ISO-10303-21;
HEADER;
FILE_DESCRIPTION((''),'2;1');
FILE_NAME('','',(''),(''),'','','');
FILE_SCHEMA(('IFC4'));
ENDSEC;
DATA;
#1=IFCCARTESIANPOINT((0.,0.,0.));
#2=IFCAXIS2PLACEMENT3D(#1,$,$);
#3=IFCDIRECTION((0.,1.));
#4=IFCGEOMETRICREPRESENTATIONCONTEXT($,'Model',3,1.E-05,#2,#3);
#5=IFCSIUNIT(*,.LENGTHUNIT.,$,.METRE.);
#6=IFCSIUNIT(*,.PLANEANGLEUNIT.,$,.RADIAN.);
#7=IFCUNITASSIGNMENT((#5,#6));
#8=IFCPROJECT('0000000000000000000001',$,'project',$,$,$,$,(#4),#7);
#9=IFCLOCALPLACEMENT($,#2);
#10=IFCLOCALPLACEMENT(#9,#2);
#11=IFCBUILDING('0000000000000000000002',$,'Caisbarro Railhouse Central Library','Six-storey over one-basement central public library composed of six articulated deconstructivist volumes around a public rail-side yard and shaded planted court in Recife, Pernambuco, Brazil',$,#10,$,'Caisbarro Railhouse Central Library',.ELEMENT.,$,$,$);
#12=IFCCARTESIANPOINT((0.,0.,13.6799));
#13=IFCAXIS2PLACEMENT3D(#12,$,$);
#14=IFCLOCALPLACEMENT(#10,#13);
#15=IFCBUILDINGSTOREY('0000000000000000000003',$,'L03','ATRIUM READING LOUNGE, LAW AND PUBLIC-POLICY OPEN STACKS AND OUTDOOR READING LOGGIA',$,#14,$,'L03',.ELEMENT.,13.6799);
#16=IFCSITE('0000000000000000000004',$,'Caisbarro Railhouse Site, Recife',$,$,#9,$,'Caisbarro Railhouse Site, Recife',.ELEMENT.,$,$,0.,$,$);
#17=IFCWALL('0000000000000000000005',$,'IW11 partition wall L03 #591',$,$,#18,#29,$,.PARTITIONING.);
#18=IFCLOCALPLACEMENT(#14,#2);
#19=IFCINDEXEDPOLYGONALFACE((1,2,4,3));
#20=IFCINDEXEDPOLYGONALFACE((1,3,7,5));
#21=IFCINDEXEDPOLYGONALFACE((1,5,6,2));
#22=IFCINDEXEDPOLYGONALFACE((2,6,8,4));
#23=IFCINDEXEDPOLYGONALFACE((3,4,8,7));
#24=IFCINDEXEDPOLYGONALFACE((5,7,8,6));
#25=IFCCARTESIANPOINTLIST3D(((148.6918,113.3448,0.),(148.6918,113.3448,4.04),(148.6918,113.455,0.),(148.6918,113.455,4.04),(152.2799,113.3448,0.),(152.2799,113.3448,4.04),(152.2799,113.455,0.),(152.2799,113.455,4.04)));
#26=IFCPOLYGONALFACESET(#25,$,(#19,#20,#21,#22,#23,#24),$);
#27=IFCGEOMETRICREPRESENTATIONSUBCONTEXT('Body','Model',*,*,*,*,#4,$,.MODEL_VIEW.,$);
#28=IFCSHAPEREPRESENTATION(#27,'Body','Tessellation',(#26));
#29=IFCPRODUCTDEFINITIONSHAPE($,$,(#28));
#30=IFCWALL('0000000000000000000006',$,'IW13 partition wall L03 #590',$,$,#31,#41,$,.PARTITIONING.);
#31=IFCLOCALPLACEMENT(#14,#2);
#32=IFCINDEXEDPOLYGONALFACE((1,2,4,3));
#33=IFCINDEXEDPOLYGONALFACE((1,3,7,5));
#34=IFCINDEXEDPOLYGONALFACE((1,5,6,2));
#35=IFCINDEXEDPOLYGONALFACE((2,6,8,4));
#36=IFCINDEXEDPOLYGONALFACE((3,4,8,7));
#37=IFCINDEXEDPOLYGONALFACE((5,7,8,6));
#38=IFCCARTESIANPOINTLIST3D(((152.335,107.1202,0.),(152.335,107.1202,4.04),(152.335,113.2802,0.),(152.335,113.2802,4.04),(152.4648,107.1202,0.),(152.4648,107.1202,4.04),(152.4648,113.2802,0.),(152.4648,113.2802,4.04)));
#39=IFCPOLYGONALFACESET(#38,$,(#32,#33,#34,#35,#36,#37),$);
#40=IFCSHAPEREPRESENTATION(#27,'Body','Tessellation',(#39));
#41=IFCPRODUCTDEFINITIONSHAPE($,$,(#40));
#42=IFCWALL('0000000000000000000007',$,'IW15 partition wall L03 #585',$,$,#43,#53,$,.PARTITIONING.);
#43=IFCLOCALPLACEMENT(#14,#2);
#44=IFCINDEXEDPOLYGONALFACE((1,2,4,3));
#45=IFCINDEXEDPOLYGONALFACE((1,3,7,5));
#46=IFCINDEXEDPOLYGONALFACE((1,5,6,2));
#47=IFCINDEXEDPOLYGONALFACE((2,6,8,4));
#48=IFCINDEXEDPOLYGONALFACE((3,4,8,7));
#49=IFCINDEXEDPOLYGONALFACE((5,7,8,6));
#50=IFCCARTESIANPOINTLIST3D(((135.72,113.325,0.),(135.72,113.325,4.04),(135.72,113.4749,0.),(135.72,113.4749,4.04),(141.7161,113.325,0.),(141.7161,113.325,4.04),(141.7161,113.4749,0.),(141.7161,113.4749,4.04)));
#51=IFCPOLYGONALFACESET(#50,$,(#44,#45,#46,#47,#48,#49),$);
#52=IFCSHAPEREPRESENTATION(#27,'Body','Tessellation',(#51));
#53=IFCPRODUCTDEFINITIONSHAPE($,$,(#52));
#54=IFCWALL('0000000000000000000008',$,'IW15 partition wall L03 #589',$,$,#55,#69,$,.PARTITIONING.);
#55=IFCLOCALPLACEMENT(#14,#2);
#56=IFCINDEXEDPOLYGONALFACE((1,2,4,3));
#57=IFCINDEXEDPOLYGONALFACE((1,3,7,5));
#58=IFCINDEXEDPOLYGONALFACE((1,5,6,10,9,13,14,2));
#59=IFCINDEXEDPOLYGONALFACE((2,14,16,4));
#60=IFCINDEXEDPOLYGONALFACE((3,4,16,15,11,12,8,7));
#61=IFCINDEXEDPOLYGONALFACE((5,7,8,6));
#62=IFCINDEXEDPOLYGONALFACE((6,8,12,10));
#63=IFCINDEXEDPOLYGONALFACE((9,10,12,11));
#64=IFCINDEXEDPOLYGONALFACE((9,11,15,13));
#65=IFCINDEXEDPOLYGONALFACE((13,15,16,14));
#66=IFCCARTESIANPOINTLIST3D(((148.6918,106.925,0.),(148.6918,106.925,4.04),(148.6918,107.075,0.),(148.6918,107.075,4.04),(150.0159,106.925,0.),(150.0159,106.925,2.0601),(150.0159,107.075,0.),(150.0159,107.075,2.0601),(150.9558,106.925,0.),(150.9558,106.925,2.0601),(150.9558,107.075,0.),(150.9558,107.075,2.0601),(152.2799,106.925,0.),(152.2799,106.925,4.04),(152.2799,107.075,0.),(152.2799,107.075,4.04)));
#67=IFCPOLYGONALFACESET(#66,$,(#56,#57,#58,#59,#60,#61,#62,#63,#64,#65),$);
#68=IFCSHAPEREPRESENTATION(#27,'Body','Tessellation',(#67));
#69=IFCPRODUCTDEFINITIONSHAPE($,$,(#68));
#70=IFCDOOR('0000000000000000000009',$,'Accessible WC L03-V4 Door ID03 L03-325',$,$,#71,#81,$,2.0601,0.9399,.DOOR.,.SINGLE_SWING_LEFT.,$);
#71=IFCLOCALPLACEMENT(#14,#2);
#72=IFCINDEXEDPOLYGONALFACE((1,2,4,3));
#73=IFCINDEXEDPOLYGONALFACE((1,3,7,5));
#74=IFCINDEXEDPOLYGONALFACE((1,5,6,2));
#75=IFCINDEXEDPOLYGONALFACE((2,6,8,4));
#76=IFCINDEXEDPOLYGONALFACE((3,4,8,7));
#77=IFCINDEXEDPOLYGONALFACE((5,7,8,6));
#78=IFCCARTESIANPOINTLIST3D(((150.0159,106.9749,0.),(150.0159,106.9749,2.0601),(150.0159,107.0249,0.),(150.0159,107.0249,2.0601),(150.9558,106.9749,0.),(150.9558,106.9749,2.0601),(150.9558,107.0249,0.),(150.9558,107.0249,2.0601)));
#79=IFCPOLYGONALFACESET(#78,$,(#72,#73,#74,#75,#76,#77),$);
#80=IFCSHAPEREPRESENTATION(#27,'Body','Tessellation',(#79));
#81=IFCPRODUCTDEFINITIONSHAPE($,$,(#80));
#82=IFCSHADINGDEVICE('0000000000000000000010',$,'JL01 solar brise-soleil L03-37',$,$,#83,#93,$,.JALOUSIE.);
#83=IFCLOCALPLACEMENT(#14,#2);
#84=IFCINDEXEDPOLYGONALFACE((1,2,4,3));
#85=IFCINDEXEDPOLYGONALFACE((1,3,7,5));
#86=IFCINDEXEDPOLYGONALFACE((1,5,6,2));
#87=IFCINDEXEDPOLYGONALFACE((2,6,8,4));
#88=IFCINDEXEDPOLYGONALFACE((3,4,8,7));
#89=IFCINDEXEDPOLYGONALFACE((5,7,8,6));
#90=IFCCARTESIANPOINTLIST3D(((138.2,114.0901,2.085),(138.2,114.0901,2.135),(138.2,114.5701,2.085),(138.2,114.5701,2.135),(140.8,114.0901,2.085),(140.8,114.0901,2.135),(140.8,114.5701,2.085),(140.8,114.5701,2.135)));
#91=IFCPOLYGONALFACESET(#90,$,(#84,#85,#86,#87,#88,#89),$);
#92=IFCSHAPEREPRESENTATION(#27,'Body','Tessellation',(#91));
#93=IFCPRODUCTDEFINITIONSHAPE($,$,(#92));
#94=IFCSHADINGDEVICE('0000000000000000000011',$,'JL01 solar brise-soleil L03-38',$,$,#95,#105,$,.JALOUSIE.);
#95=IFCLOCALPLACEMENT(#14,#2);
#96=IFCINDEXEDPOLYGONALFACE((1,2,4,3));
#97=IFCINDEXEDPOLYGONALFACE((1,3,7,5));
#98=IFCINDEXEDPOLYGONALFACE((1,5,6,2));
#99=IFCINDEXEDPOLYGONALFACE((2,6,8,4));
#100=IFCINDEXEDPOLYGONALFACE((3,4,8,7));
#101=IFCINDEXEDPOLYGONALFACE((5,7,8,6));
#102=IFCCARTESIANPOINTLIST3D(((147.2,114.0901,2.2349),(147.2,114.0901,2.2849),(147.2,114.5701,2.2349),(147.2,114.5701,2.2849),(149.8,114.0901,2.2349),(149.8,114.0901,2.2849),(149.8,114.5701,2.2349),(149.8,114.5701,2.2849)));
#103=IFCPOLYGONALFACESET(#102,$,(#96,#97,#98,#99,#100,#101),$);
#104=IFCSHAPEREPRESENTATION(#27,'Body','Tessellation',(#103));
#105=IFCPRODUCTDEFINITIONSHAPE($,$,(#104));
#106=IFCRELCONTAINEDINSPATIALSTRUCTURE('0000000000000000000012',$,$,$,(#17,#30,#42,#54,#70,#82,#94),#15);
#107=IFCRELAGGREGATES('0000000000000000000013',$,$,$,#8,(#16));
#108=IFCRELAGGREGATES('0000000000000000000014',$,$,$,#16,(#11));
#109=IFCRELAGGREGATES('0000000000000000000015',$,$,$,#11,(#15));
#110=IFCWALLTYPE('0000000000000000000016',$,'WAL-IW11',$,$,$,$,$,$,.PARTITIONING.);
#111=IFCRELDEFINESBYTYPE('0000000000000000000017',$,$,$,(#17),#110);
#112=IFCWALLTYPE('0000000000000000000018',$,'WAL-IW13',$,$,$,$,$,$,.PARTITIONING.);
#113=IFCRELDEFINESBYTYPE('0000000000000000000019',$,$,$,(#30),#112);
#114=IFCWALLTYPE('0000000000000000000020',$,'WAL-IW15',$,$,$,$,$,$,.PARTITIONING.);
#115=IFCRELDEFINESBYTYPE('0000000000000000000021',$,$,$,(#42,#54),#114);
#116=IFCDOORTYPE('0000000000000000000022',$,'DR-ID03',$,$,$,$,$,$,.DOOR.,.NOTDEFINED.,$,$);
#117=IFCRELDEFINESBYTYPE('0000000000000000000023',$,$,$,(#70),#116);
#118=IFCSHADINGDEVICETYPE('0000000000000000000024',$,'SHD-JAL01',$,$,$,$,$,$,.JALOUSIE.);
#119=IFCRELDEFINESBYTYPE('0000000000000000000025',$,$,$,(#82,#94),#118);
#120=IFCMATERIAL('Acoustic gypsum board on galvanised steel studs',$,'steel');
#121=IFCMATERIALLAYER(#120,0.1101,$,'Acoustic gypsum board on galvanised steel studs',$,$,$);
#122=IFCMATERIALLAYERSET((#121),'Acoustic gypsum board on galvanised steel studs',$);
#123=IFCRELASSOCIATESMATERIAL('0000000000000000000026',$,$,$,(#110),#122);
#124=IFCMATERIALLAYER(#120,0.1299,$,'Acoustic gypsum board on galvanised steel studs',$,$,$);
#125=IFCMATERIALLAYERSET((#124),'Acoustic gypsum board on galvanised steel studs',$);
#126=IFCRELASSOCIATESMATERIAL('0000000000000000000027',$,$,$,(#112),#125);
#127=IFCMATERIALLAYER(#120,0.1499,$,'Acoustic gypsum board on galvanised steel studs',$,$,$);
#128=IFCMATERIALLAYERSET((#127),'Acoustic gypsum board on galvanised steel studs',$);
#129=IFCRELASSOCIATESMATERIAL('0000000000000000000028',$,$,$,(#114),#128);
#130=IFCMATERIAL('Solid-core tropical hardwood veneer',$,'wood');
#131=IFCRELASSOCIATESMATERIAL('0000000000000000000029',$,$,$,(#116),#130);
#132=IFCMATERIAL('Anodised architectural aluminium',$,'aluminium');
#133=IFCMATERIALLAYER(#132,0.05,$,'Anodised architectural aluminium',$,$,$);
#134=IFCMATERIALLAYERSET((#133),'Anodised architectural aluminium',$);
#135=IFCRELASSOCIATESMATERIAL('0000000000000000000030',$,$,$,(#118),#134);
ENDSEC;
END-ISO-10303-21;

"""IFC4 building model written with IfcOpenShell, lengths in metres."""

from ifc_helpers import new_model, si_unit, direction, frame, frame_2d, origin, origin_2d, place, context, subcontext, project, spatial, rectangle, extrude, material, layer, layer_set, type_object, element, fill, save


model = new_model("IFC4")

# Units and contexts
model_context = context("Model", 3, precision=1e-05, world=origin(), true_north=direction((0.0, 1.0)))
body_context = subcontext(model_context, "Body", "Model", "MODEL_VIEW")
ifc_project = project(units=[si_unit("LENGTHUNIT", "METRE"), si_unit("PLANEANGLEUNIT", "RADIAN")], contexts=[model_context])

# Site, building, storey
site_placement = place(None, origin())
site = spatial("IfcSite", under=ifc_project, at=site_placement, Name="Caisbarro Railhouse Site, Recife", LongName="Caisbarro Railhouse Site, Recife", CompositionType="ELEMENT", RefElevation=0.0)
building_placement = place(site_placement, origin())
building = spatial("IfcBuilding", under=site, at=building_placement, Name="Caisbarro Railhouse Central Library", Description="Six-storey over one-basement central public library composed of six articulated deconstructivist volumes around a public rail-side yard and shaded planted court in Recife, Pernambuco, Brazil", LongName="Caisbarro Railhouse Central Library", CompositionType="ELEMENT")
storey_placement = place(building_placement, frame((0.0, 0.0, 13.6799)))
storey = spatial("IfcBuildingStorey", under=building, at=storey_placement, Name="L03", Description="ATRIUM READING LOUNGE, LAW AND PUBLIC-POLICY OPEN STACKS AND OUTDOOR READING LOGGIA", LongName="L03", CompositionType="ELEMENT", Elevation=13.6799)

# Walls
ifc_material_1 = material(Name="Acoustic gypsum board on galvanised steel studs", Category="steel")
ifc_layer_1 = layer(ifc_material_1, 0.1101, Name="Acoustic gypsum board on galvanised steel studs")
ifc_layer_set_1 = layer_set([ifc_layer_1], Name="Acoustic gypsum board on galvanised steel studs")
wall_type_1 = type_object("IfcWallType", Name="WAL-IW11", PredefinedType="PARTITIONING", material=ifc_layer_set_1)
wall_1_placement = place(storey_placement, frame((148.6919, 113.3999, 0.0), z_axis=(0.0, 0.0, 1.0), x_axis=(1.0, 0.0, 0.0)))
element("IfcWall", 1, at=wall_1_placement, inside=storey, type_object=wall_type_1, Name="IW11 partition wall L03 #591", PredefinedType="PARTITIONING", context=body_context, shape_type="SweptSolid", body=[
    extrude(rectangle(XDim=3.5881, YDim=0.1101, at=frame_2d((1.7939, 0.0))), origin(), (0.0, 0.0, 1.0), 4.04),
])
ifc_layer_2 = layer(ifc_material_1, 0.1299, Name="Acoustic gypsum board on galvanised steel studs")
ifc_layer_set_2 = layer_set([ifc_layer_2], Name="Acoustic gypsum board on galvanised steel studs")
wall_type_2 = type_object("IfcWallType", Name="WAL-IW13", PredefinedType="PARTITIONING", material=ifc_layer_set_2)
wall_2_placement = place(storey_placement, frame((152.3999, 107.1201, 0.0), z_axis=(0.0, 0.0, 1.0), x_axis=(0.0, 1.0, 0.0)))
element("IfcWall", 2, at=wall_2_placement, inside=storey, type_object=wall_type_2, Name="IW13 partition wall L03 #590", PredefinedType="PARTITIONING", context=body_context, shape_type="SweptSolid", body=[
    extrude(rectangle(XDim=6.1599, YDim=0.1299, at=frame_2d((3.0801, 0.0))), origin(), (0.0, 0.0, 1.0), 4.04),
])
ifc_layer_3 = layer(ifc_material_1, 0.1499, Name="Acoustic gypsum board on galvanised steel studs")
ifc_layer_set_3 = layer_set([ifc_layer_3], Name="Acoustic gypsum board on galvanised steel studs")
wall_type_3 = type_object("IfcWallType", Name="WAL-IW15", PredefinedType="PARTITIONING", material=ifc_layer_set_3)
wall_3_placement = place(storey_placement, frame((135.72, 113.3999, 0.0), z_axis=(0.0, 0.0, 1.0), x_axis=(1.0, 0.0, 0.0)))
element("IfcWall", 3, at=wall_3_placement, inside=storey, type_object=wall_type_3, Name="IW15 partition wall L03 #585", PredefinedType="PARTITIONING", context=body_context, shape_type="SweptSolid", body=[
    extrude(rectangle(XDim=5.9961, YDim=0.1499, at=frame_2d((2.998, 0.0))), origin(), (0.0, 0.0, 1.0), 4.04),
])

# Wall, opening, door
wall_4_placement = place(storey_placement, frame((148.6919, 107.0, 0.0), z_axis=(0.0, 0.0, 1.0), x_axis=(1.0, 0.0, 0.0)))
wall_4 = element("IfcWall", 4, at=wall_4_placement, inside=storey, type_object=wall_type_3, Name="IW15 partition wall L03 #589", PredefinedType="PARTITIONING", context=body_context, shape_type="SweptSolid", body=[
    extrude(rectangle(XDim=3.5881, YDim=0.1499, at=frame_2d((1.7939, 0.0))), origin(), (0.0, 0.0, 1.0), 4.04),
])
opening_1_placement = place(wall_4_placement, frame((1.324, 0.0, 0.0)))
opening_1 = element("IfcOpeningElement", 5, at=opening_1_placement, cuts=wall_4, PredefinedType="OPENING", context=body_context, shape_type="SweptSolid", body=[
    extrude(rectangle(XDim=0.9399, YDim=2.0601, at=frame_2d((0.47, 1.03))), frame((0.0, 0.085, 0.0), z_axis=(0.0, -1.0, 0.0), x_axis=(1.0, 0.0, 0.0)), (0.0, 0.0, 1.0), 0.1699),
])
ifc_material_2 = material(Name="Solid-core tropical hardwood veneer", Category="wood")
door_type = type_object("IfcDoorType", Name="DR-ID03", OperationType="NOTDEFINED", PredefinedType="DOOR", material=ifc_material_2)
door_placement = place(opening_1_placement, origin())
door = element("IfcDoor", 6, at=door_placement, inside=storey, type_object=door_type, Name="Accessible WC L03-V4 Door ID03 L03-325", OperationType="SINGLE_SWING_LEFT", OverallHeight=2.0601, OverallWidth=0.9399, PredefinedType="DOOR", context=body_context, shape_type="SweptSolid", body=[
    extrude(rectangle(XDim=0.9399, YDim=2.0601, at=frame_2d((0.47, 1.03))), frame((0.0, 0.0249, 0.0), z_axis=(0.0, -1.0, 0.0), x_axis=(1.0, 0.0, 0.0)), (0.0, 0.0, 1.0), 0.05),
])
fill(opening_1, door)

# Shading devices
ifc_material_3 = material(Name="Anodised architectural aluminium", Category="aluminium")
ifc_layer_4 = layer(ifc_material_3, 0.05, Name="Anodised architectural aluminium")
ifc_layer_set_4 = layer_set([ifc_layer_4], Name="Anodised architectural aluminium")
shading_device_type = type_object("IfcShadingDeviceType", Name="SHD-JAL01", PredefinedType="JALOUSIE", material=ifc_layer_set_4)
for number, where, z_axis, x_axis, name in (
    (7, (139.5, 114.3301, 2.085), (0.0, 0.0, 1.0), (1.0, 0.0, 0.0), "JL01 solar brise-soleil L03-37"),
    (8, (148.5, 114.3301, 2.2349), (0.0, 0.0, 1.0), (1.0, 0.0, 0.0), "JL01 solar brise-soleil L03-38"),
):
    element("IfcShadingDevice", number, at=place(storey_placement, frame(where, z_axis=z_axis, x_axis=x_axis)), inside=storey, type_object=shading_device_type, Name=name, PredefinedType="JALOUSIE", context=body_context, shape_type="SweptSolid", body=[
        extrude(rectangle(XDim=2.6001, YDim=0.48, at=origin_2d()), origin(), (0.0, 0.0, 1.0), 0.05),
    ])

save(model, "model.ifc")
